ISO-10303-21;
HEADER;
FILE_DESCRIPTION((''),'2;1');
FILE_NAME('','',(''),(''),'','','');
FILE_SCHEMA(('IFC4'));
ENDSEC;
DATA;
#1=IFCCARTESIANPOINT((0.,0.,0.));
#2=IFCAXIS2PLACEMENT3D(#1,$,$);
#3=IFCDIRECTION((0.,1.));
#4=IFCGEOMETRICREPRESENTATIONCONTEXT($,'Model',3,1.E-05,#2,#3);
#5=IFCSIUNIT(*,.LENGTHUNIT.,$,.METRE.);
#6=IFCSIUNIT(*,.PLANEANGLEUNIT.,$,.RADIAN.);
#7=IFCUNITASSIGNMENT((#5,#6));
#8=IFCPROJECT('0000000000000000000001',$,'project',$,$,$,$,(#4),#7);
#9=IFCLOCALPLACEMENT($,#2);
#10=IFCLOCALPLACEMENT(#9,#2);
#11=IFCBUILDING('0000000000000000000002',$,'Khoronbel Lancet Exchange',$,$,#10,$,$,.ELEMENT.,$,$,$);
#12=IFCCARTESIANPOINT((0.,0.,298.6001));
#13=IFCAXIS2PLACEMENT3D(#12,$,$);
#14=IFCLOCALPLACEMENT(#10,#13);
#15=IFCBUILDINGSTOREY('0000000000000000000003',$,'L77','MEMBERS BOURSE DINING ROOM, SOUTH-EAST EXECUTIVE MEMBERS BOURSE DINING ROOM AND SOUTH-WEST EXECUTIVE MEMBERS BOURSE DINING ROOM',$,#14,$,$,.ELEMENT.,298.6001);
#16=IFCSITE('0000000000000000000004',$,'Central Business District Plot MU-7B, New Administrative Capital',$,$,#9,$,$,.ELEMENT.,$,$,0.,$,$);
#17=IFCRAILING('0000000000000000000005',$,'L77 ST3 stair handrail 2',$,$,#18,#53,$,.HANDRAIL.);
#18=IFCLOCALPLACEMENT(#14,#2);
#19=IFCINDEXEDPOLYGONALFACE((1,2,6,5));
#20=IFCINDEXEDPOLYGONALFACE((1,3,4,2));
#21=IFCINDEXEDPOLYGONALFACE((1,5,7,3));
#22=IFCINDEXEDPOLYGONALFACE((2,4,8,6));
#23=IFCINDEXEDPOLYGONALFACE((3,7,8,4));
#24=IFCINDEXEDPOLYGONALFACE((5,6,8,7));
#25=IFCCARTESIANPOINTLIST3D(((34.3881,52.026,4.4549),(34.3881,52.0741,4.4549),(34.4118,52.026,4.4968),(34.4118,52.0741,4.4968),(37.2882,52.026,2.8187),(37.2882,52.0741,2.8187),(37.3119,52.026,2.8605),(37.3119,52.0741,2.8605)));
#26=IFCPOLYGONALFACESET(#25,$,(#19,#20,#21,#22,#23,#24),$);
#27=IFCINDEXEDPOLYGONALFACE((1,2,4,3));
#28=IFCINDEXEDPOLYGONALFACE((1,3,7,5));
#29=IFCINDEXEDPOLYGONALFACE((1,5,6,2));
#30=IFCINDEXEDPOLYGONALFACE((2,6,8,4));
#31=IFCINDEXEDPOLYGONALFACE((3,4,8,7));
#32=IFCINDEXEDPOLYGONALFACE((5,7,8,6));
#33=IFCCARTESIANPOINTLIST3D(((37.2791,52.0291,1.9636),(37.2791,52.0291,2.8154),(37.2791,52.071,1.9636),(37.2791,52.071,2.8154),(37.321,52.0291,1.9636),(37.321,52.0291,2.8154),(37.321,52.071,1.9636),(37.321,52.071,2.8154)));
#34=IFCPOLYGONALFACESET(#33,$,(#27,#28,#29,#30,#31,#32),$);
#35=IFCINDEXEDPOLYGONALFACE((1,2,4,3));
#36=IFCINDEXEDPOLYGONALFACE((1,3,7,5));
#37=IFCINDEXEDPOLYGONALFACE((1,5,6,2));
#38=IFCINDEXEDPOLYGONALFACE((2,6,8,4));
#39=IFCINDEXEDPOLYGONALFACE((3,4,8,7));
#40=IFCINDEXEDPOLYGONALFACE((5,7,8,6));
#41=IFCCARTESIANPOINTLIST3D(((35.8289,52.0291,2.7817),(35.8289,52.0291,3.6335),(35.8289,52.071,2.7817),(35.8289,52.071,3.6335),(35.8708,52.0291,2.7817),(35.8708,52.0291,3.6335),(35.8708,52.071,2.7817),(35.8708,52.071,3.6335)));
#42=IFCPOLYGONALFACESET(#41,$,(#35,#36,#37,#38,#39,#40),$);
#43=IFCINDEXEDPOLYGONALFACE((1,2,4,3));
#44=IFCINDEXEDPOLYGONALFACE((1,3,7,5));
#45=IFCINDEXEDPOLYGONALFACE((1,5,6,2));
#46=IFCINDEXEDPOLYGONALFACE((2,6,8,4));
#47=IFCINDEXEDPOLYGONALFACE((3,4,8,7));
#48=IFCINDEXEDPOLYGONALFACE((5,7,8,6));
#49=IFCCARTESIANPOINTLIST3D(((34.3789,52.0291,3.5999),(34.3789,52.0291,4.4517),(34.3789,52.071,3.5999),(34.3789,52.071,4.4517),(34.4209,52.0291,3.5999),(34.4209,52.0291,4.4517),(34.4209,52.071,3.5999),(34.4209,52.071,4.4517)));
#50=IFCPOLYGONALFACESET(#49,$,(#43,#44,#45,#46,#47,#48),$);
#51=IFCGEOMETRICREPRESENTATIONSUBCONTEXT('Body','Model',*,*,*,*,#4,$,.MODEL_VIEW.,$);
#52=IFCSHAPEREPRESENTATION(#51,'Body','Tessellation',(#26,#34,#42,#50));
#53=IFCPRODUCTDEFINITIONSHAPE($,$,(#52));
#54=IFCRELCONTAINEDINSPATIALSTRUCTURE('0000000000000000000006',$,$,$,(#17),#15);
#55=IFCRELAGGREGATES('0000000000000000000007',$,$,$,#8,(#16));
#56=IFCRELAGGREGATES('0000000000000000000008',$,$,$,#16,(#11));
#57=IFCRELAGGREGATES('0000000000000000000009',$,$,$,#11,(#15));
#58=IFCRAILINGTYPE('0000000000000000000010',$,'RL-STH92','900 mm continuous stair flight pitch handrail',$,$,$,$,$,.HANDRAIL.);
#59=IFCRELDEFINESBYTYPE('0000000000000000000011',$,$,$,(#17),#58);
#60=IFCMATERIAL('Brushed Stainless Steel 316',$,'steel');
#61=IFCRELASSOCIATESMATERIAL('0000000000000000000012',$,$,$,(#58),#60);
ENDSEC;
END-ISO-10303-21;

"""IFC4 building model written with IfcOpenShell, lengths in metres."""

from ifc_helpers import new_model, si_unit, direction, frame, origin, origin_2d, place, context, subcontext, project, spatial, rectangle, extrude, material, type_object, element, save


model = new_model("IFC4")

# Units and contexts
model_context = context("Model", 3, precision=1e-05, world=origin(), true_north=direction((0.0, 1.0)))
body_context = subcontext(model_context, "Body", "Model", "MODEL_VIEW")
ifc_project = project(units=[si_unit("LENGTHUNIT", "METRE"), si_unit("PLANEANGLEUNIT", "RADIAN")], contexts=[model_context])

# Site, building, storey
site_placement = place(None, origin())
site = spatial("IfcSite", under=ifc_project, at=site_placement, Name="Central Business District Plot MU-7B, New Administrative Capital", CompositionType="ELEMENT", RefElevation=0.0)
building_placement = place(site_placement, origin())
building = spatial("IfcBuilding", under=site, at=building_placement, Name="Khoronbel Lancet Exchange", CompositionType="ELEMENT")
storey_placement = place(building_placement, frame((0.0, 0.0, 298.6001)))
storey = spatial("IfcBuildingStorey", under=building, at=storey_placement, Name="L77", Description="MEMBERS BOURSE DINING ROOM, SOUTH-EAST EXECUTIVE MEMBERS BOURSE DINING ROOM AND SOUTH-WEST EXECUTIVE MEMBERS BOURSE DINING ROOM", CompositionType="ELEMENT", Elevation=298.6001)

# Railing
ifc_material_1 = material(Name="Brushed Stainless Steel 316", Category="steel")
railing_type_1 = type_object("IfcRailingType", Name="RL-STH92", Description="900 mm continuous stair flight pitch handrail", PredefinedType="HANDRAIL", material=ifc_material_1)
railing_1_placement = place(storey_placement, frame((37.3, 52.05, 1.9636)))
element("IfcRailing", 1, at=railing_1_placement, inside=storey, type_object=railing_type_1, Name="L77 ST3 stair handrail 2", PredefinedType="HANDRAIL", context=body_context, shape_type="SweptSolid", body=[
    extrude(rectangle(XDim=0.0481, YDim=0.0481, at=origin_2d()), frame((0.0, 0.0, 0.876), z_axis=(-0.870946, 0.0, 0.491378), x_axis=(0.0, -1.0, 0.0)), (0.0, 0.0, 1.0), 3.3298),
    extrude(rectangle(XDim=0.042, YDim=0.042, at=origin_2d()), origin(), (0.0, 0.0, 1.0), 0.8518),
    extrude(rectangle(XDim=0.042, YDim=0.042, at=origin_2d()), frame((-1.4502, 0.0, 0.8181)), (0.0, 0.0, 1.0), 0.8518),
    extrude(rectangle(XDim=0.042, YDim=0.042, at=origin_2d()), frame((-2.9001, 0.0, 1.6362)), (0.0, 0.0, 1.0), 0.8518),
])

save(model, "model.ifc")
